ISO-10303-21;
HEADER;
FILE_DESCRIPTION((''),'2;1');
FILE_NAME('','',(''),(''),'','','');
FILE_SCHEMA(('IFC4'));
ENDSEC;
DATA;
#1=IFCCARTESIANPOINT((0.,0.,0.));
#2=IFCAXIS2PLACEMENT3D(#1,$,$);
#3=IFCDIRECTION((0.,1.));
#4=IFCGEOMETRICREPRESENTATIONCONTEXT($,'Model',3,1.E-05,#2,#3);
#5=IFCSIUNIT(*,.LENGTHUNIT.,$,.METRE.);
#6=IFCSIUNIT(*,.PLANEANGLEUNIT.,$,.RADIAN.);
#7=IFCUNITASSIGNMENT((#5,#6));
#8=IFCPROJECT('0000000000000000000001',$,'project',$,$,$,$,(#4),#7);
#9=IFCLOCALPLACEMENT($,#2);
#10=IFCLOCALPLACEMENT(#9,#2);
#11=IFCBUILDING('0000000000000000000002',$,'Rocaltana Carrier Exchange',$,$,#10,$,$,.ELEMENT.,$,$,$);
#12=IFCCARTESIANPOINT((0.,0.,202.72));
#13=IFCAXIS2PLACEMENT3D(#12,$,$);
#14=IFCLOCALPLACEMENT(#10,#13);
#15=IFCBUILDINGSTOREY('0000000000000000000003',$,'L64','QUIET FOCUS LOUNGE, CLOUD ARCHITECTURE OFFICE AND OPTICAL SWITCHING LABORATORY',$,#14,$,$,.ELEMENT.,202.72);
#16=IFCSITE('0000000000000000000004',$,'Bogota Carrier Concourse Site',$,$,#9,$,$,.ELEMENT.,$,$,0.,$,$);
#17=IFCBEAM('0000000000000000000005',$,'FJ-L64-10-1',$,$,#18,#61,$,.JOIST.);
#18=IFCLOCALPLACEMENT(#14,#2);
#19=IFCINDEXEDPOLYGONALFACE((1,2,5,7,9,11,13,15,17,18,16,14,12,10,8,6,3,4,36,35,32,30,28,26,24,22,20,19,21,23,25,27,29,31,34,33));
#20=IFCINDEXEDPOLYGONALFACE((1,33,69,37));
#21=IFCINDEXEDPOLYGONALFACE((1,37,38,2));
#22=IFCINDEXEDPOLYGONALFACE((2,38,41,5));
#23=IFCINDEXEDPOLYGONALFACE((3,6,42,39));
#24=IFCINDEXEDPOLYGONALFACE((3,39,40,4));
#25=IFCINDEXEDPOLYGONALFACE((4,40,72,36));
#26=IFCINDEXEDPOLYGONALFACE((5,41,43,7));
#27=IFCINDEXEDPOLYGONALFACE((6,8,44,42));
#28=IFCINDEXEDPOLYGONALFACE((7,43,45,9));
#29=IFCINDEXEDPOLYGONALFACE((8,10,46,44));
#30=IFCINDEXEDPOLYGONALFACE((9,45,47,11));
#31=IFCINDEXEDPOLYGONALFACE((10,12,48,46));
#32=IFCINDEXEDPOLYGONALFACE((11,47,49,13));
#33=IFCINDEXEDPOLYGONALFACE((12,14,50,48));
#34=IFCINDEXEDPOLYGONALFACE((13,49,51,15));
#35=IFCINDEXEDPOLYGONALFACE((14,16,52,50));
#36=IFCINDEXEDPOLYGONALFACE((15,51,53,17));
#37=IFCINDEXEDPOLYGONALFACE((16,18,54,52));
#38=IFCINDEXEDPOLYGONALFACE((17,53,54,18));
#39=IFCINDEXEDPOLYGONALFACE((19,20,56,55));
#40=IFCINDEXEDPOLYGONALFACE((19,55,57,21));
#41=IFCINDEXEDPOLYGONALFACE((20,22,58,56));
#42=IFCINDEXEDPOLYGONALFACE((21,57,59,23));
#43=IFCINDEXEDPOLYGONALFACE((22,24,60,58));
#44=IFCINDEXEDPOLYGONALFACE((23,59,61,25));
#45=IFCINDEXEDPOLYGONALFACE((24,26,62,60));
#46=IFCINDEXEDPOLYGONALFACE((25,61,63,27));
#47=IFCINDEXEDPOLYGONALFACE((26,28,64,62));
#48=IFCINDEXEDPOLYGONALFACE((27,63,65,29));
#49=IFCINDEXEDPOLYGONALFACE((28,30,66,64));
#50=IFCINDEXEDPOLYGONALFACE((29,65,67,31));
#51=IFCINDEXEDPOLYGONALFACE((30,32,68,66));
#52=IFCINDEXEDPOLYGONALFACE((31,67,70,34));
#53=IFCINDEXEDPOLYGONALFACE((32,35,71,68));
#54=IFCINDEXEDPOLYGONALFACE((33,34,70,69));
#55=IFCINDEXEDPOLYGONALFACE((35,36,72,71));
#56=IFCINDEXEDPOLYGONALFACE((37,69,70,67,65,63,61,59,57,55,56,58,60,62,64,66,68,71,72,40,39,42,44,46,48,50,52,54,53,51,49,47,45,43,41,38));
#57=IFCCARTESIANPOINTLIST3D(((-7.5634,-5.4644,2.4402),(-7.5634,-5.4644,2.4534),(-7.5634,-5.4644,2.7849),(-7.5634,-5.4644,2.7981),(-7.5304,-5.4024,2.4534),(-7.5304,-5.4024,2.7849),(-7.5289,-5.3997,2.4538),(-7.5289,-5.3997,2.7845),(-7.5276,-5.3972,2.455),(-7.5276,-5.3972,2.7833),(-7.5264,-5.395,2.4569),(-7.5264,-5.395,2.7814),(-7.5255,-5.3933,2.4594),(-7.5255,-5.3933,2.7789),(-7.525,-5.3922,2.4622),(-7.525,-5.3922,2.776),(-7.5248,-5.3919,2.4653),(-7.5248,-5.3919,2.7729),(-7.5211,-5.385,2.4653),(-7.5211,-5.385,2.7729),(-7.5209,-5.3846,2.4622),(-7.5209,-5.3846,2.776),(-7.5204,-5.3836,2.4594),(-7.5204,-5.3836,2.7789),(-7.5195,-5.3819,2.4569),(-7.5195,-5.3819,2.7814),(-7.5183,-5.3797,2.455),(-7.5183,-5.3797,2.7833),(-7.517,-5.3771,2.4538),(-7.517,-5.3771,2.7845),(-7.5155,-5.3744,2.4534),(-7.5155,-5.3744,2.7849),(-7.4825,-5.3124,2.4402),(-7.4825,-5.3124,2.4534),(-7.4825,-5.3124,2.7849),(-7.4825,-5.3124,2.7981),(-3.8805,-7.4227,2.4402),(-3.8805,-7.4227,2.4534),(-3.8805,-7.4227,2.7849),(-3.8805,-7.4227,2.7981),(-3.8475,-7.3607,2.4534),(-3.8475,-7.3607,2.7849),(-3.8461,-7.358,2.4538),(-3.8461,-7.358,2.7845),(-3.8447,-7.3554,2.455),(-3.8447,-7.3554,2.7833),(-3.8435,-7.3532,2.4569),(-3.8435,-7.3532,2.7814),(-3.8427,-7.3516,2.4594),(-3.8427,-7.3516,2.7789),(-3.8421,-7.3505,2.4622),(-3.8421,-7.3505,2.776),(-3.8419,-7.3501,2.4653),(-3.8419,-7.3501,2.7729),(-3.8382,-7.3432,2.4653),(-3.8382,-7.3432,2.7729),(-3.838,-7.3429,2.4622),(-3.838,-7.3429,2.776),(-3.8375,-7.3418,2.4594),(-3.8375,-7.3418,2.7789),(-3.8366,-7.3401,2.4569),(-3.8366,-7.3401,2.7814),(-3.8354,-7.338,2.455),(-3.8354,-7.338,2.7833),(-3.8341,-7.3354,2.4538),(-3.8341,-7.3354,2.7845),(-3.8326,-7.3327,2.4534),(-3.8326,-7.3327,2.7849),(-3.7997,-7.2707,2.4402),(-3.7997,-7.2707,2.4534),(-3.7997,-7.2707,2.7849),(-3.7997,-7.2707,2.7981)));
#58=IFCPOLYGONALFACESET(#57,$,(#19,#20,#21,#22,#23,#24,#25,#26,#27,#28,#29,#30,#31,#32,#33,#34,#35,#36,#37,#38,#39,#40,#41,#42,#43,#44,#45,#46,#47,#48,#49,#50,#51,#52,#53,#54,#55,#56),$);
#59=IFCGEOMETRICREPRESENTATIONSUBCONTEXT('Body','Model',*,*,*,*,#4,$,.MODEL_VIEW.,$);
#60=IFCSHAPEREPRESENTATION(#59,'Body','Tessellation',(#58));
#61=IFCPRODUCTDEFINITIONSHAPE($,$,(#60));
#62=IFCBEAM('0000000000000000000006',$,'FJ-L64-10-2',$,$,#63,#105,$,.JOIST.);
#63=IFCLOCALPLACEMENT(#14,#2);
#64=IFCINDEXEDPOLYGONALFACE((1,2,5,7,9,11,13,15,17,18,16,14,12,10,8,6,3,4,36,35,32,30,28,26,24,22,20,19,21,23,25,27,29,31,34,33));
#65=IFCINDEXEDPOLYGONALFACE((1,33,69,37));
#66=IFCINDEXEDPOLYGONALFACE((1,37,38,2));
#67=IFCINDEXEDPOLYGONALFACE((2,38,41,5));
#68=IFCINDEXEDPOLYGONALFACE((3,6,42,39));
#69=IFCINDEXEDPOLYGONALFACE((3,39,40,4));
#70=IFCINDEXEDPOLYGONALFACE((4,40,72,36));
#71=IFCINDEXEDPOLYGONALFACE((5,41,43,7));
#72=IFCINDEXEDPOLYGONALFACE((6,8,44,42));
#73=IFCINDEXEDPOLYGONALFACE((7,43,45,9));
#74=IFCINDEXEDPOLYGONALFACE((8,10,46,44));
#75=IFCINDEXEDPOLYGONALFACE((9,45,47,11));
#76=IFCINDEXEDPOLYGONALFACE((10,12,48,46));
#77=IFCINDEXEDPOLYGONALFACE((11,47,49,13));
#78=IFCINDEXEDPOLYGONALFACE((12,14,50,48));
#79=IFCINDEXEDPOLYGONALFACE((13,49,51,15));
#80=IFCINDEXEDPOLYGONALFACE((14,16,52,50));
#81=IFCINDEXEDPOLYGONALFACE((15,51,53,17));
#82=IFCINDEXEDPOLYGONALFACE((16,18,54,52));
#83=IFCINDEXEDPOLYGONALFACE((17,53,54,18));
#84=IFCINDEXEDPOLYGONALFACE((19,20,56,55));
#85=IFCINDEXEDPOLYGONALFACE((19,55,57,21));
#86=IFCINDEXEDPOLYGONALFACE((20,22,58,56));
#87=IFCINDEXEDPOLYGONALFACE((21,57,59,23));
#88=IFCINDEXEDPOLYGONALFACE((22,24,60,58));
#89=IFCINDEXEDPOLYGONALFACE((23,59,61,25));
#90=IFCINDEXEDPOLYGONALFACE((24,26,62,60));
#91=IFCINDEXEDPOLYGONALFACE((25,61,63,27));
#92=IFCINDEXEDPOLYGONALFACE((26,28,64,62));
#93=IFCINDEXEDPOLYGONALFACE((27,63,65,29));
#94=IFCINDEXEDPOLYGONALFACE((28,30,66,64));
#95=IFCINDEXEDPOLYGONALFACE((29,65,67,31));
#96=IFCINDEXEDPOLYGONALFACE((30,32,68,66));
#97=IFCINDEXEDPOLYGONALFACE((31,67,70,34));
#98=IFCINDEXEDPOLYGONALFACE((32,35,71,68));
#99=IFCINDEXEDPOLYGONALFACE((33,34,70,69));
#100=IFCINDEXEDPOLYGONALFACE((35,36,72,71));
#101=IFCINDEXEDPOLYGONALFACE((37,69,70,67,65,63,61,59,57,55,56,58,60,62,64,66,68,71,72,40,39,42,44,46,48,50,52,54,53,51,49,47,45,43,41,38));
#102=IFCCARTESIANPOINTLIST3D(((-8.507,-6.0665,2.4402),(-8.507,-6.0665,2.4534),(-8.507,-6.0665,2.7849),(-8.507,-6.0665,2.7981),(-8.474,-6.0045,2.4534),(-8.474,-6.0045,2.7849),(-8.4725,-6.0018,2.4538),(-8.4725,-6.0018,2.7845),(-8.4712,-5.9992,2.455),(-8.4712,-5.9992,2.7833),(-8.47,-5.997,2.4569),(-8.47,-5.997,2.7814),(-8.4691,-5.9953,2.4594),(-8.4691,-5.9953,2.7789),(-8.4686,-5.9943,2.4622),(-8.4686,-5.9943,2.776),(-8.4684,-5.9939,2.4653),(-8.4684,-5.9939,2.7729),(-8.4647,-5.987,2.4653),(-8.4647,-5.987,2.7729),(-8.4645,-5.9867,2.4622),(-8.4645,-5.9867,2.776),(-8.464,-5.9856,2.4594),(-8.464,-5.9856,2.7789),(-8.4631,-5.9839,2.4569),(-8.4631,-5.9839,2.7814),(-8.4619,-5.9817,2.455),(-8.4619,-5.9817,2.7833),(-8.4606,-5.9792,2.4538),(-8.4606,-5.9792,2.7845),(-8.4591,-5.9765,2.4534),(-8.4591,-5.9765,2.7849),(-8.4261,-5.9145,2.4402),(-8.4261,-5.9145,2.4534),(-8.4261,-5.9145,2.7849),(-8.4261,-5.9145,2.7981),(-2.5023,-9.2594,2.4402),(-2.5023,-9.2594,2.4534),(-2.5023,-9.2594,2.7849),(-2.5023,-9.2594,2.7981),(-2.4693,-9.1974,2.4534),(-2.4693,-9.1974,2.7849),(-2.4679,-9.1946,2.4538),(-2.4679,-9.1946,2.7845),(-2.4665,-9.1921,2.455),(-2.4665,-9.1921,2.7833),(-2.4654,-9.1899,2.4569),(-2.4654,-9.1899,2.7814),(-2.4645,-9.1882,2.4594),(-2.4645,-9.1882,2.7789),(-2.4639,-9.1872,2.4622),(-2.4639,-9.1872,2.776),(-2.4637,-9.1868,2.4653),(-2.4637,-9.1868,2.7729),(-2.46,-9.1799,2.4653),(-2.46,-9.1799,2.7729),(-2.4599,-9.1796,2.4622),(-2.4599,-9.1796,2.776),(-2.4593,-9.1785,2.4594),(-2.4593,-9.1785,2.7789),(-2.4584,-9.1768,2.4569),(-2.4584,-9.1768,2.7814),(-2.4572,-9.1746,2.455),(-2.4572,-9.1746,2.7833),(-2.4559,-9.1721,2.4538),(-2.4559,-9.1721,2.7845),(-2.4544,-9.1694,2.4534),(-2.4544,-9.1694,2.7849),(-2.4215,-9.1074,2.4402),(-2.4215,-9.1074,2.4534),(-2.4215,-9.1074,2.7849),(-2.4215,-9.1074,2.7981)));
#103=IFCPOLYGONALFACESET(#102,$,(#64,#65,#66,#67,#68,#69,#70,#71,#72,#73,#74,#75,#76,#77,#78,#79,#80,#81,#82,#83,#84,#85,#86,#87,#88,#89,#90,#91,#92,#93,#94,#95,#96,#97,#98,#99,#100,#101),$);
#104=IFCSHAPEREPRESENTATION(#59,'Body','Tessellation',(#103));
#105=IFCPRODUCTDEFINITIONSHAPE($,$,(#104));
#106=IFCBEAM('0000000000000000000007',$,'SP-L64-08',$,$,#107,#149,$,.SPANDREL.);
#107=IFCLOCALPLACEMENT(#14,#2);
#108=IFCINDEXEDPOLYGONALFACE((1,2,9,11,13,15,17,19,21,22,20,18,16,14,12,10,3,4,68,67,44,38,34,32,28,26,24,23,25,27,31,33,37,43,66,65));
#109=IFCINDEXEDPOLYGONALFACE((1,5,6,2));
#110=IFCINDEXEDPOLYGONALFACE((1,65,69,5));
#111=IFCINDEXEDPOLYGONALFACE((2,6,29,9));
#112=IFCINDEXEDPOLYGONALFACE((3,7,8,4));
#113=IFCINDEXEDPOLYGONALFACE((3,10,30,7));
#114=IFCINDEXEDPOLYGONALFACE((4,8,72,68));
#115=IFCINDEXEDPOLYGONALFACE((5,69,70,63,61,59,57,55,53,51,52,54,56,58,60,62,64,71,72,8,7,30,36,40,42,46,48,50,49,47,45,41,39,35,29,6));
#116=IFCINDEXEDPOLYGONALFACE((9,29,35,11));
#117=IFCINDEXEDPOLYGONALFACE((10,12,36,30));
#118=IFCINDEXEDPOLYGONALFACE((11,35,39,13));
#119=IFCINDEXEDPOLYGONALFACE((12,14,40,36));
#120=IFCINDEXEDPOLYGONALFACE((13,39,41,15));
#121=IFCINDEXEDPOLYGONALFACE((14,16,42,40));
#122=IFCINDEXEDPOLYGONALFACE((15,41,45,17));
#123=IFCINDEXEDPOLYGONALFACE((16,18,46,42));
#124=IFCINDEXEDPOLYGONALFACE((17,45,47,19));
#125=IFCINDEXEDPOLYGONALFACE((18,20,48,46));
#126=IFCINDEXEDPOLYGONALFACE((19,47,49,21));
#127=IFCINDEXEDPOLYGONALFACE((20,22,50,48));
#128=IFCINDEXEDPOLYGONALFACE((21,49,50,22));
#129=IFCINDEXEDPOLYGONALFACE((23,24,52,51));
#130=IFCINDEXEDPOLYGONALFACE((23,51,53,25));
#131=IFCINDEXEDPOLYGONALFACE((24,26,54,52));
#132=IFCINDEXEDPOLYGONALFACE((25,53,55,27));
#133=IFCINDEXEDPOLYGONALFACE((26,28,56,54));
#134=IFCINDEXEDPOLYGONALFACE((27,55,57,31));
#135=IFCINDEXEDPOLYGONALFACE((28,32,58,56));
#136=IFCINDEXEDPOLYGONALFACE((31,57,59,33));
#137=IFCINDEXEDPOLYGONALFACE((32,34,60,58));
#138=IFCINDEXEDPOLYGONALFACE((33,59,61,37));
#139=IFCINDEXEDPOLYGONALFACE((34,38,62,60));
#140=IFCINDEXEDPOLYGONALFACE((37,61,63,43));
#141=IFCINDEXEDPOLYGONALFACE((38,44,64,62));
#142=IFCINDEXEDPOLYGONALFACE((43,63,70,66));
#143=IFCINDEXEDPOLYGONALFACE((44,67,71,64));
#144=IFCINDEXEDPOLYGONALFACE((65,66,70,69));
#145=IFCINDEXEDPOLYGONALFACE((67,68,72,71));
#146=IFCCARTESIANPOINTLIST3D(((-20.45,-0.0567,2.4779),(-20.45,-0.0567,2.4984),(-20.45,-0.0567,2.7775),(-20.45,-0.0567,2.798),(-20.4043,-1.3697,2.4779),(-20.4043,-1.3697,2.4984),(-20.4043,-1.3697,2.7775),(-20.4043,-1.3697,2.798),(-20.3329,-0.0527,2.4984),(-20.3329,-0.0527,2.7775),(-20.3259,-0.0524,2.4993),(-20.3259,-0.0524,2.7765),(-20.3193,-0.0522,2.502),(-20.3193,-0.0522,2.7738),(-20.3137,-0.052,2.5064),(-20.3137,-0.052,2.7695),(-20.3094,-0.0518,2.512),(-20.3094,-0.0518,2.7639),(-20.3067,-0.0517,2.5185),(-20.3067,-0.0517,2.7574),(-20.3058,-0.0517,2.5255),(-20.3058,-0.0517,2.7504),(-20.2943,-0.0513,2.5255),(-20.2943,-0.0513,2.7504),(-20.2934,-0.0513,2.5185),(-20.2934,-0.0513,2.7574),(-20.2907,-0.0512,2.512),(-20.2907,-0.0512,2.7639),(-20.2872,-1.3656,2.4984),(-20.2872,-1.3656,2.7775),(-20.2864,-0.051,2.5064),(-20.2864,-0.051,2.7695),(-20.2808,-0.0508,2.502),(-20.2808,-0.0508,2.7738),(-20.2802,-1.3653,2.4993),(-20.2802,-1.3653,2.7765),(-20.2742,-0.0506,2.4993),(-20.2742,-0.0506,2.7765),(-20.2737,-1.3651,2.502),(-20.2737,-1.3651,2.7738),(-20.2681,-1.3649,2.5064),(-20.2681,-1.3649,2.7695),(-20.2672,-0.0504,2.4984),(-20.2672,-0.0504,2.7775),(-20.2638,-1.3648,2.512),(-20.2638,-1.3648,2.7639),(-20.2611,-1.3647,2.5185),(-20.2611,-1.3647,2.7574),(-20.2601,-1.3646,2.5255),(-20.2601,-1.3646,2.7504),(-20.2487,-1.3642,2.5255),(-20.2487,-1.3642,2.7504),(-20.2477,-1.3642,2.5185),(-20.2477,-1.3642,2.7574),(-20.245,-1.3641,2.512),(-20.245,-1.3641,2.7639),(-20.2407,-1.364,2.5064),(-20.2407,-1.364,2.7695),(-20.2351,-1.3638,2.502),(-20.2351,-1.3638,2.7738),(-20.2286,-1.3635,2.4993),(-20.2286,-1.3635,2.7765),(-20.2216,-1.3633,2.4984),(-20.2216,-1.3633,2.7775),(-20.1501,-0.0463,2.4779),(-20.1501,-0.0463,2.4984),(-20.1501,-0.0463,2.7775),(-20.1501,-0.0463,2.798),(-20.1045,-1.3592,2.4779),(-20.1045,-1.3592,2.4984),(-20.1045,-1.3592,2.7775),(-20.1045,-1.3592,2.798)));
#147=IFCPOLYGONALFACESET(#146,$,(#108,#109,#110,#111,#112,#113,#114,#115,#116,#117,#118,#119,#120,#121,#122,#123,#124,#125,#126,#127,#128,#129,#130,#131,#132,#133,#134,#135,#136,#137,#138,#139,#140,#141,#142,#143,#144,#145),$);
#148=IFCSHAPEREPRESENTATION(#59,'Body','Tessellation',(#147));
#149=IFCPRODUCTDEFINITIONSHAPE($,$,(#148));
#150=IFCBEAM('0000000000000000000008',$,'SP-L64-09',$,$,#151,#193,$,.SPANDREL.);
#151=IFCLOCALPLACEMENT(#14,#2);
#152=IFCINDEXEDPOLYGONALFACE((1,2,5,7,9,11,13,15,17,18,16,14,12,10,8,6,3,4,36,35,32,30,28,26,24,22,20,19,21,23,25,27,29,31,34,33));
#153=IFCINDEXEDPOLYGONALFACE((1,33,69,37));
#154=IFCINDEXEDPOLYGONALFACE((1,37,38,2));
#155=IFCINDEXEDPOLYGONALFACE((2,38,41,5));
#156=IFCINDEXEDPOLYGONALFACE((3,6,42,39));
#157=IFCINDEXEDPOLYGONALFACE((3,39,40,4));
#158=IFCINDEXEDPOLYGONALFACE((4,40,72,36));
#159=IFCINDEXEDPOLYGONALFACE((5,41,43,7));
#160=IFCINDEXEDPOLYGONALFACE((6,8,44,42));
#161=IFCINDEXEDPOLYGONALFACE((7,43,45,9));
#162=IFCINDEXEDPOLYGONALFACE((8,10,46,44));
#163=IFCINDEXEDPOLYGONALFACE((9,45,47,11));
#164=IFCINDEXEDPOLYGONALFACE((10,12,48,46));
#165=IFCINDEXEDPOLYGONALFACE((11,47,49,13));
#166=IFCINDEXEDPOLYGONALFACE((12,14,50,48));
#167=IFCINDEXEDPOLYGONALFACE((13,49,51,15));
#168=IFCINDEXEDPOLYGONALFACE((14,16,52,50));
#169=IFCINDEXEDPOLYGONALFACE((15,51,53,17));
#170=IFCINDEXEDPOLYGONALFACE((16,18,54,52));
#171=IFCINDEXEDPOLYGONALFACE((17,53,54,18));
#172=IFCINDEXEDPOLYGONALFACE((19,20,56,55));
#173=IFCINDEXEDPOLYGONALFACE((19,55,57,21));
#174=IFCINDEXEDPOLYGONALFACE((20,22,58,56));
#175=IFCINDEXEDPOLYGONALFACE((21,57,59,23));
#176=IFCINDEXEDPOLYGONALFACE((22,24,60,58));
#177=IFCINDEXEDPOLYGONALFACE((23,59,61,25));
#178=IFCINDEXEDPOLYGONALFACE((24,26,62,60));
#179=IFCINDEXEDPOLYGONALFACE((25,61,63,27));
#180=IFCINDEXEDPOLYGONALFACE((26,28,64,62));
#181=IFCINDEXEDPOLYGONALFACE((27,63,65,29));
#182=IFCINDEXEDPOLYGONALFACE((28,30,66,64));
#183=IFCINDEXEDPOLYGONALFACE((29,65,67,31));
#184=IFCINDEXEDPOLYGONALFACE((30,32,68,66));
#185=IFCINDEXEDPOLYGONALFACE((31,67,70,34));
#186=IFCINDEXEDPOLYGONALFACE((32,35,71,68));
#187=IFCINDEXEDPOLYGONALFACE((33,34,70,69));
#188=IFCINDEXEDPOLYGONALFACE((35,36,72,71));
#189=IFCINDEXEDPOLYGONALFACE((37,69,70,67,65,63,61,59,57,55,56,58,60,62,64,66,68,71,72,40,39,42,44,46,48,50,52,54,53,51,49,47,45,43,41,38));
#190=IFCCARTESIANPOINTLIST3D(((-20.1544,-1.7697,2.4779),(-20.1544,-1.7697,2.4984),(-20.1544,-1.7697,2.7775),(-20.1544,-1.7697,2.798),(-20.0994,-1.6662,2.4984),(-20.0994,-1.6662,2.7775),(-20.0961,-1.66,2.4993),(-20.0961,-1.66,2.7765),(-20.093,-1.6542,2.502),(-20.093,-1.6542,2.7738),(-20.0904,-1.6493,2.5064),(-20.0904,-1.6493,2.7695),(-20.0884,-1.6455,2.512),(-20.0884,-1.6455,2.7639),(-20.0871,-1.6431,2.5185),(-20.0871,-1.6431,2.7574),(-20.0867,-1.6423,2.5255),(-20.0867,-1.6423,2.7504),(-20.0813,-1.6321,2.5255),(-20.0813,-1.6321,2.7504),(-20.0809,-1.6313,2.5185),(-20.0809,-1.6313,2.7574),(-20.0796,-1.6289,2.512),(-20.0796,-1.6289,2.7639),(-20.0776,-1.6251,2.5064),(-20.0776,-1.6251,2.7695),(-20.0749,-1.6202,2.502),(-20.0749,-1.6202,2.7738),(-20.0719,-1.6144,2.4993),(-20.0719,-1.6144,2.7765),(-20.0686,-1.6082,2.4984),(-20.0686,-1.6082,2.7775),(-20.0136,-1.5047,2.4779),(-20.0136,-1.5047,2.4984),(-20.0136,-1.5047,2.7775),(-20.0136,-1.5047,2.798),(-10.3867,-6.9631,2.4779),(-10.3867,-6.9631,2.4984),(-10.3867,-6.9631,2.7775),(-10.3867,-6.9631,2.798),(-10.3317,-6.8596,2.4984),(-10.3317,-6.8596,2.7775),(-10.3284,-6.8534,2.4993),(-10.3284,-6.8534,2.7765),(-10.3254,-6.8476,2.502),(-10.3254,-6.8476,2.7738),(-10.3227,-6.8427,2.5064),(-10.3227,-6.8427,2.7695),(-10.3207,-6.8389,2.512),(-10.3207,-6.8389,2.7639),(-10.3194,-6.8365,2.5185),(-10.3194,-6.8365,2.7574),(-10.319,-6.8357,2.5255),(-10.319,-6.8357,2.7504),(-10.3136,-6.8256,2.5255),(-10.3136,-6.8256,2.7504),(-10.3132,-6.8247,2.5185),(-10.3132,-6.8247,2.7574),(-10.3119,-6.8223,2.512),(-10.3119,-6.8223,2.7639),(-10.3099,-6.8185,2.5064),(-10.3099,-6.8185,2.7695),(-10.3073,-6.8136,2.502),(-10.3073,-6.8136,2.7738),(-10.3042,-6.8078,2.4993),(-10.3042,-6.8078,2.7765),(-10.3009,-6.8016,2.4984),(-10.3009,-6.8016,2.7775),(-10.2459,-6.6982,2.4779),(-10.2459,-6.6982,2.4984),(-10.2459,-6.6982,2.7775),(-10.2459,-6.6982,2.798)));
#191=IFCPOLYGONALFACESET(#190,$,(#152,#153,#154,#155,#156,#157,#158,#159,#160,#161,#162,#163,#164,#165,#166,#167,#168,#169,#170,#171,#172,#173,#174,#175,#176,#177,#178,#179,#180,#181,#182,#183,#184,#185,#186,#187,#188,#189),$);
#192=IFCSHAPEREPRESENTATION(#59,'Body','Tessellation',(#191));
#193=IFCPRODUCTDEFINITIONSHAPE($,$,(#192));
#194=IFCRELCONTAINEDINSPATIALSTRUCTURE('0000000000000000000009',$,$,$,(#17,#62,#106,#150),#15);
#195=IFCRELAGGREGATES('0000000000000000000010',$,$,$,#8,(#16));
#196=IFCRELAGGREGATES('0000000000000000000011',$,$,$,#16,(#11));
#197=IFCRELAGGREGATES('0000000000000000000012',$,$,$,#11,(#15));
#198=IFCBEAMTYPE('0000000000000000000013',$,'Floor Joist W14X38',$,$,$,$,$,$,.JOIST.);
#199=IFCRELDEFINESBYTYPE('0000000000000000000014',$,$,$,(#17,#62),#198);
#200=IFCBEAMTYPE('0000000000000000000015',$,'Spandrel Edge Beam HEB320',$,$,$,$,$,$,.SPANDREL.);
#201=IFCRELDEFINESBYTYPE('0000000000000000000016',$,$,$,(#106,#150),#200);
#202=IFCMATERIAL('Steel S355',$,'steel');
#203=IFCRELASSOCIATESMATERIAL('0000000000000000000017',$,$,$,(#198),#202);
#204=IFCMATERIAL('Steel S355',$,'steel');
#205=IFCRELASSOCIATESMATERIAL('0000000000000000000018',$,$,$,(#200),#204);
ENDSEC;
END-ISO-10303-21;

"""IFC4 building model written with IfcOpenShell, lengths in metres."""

from ifc_helpers import new_model, si_unit, direction, frame, origin, origin_2d, place, context, subcontext, project, spatial, i_section, extrude, material, material_profile, profile_set, type_object, element, save


model = new_model("IFC4")

# Units and contexts
model_context = context("Model", 3, precision=1e-05, world=origin(), true_north=direction((0.0, 1.0)))
body_context = subcontext(model_context, "Body", "Model", "MODEL_VIEW")
ifc_project = project(units=[si_unit("LENGTHUNIT", "METRE"), si_unit("PLANEANGLEUNIT", "RADIAN")], contexts=[model_context])

# Site, building, storey
site_placement = place(None, origin())
site = spatial("IfcSite", under=ifc_project, at=site_placement, Name="Bogota Carrier Concourse Site", CompositionType="ELEMENT", RefElevation=0.0)
building_placement = place(site_placement, origin())
building = spatial("IfcBuilding", under=site, at=building_placement, Name="Rocaltana Carrier Exchange", CompositionType="ELEMENT")
storey_placement = place(building_placement, frame((0.0, 0.0, 202.72)))
storey = spatial("IfcBuildingStorey", under=building, at=storey_placement, Name="L64", Description="QUIET FOCUS LOUNGE, CLOUD ARCHITECTURE OFFICE AND OPTICAL SWITCHING LABORATORY", CompositionType="ELEMENT", Elevation=202.72)

# Beams
ifc_material_1 = material(Name="Steel S355", Category="steel")
ifc_material_profile_1 = material_profile(ifc_material_1, i_section(OverallWidth=0.1721, OverallDepth=0.3579, WebThickness=0.0078, FlangeThickness=0.0132, FilletRadius=0.012, at=origin_2d()), Name="W14X38")
ifc_profile_set_1 = profile_set([ifc_material_profile_1], Name="Steel S355")
beam_type_1 = type_object("IfcBeamType", Name="Floor Joist W14X38", PredefinedType="JOIST", material=ifc_profile_set_1)
beam_1_placement = place(storey_placement, frame((-7.5229, -5.3884, 2.6191), z_axis=(0.882944, -0.469479, 0.0), x_axis=(0.469479, 0.882944, 0.0)))
element("IfcBeam", 1, at=beam_1_placement, inside=storey, type_object=beam_type_1, Name="FJ-L64-10-1", PredefinedType="JOIST", context=body_context, shape_type="SweptSolid", body=[
    extrude(i_section(OverallWidth=0.1721, OverallDepth=0.3579, WebThickness=0.0078, FlangeThickness=0.0132, FilletRadius=0.012, at=origin_2d()), origin(), (0.0, 0.0, 1.0), 4.1711),
])
beam_2_placement = place(storey_placement, frame((-8.4666, -5.9905, 2.6191), z_axis=(0.882939, -0.469489, 0.0), x_axis=(0.469489, 0.882939, 0.0)))
element("IfcBeam", 2, at=beam_2_placement, inside=storey, type_object=beam_type_1, Name="FJ-L64-10-2", PredefinedType="JOIST", context=body_context, shape_type="SweptSolid", body=[
    extrude(i_section(OverallWidth=0.1721, OverallDepth=0.3579, WebThickness=0.0078, FlangeThickness=0.0132, FilletRadius=0.012, at=origin_2d()), origin(), (0.0, 0.0, 1.0), 6.8008),
])
ifc_material_2 = material(Name="Steel S355", Category="steel")
ifc_material_profile_2 = material_profile(ifc_material_2, i_section(OverallWidth=0.3, OverallDepth=0.3201, WebThickness=0.0115, FlangeThickness=0.0205, FilletRadius=0.0271, at=origin_2d()), Name="HEB320")
ifc_profile_set_2 = profile_set([ifc_material_profile_2], Name="Steel S355")
beam_type_2 = type_object("IfcBeamType", Name="Spandrel Edge Beam HEB320", PredefinedType="SPANDREL", material=ifc_profile_set_2)
beam_3_placement = place(storey_placement, frame((-20.3, -0.0515, 2.6379), z_axis=(0.03475, -0.999396, 0.0), x_axis=(0.999396, 0.03475, 0.0)))
element("IfcBeam", 3, at=beam_3_placement, inside=storey, type_object=beam_type_2, Name="SP-L64-08", PredefinedType="SPANDREL", context=body_context, shape_type="SweptSolid", body=[
    extrude(i_section(OverallWidth=0.3, OverallDepth=0.3201, WebThickness=0.0115, FlangeThickness=0.0205, FilletRadius=0.0271, at=origin_2d()), origin(), (0.0, 0.0, 1.0), 1.3137),
])
for number, where, z_axis, x_axis, name in (
    (4, (-20.084, -1.6372, 2.6379), (0.882953, -0.469461, 0.0), (0.469461, 0.882953, 0.0), "SP-L64-09"),
):
    element("IfcBeam", number, at=place(storey_placement, frame(where, z_axis=z_axis, x_axis=x_axis)), inside=storey, type_object=beam_type_2, Name=name, PredefinedType="SPANDREL", context=body_context, shape_type="SweptSolid", body=[
        extrude(i_section(OverallWidth=0.3, OverallDepth=0.3201, WebThickness=0.0115, FlangeThickness=0.0205, FilletRadius=0.0271, at=origin_2d()), origin(), (0.0, 0.0, 1.0), 11.0625),
    ])

save(model, "model.ifc")
